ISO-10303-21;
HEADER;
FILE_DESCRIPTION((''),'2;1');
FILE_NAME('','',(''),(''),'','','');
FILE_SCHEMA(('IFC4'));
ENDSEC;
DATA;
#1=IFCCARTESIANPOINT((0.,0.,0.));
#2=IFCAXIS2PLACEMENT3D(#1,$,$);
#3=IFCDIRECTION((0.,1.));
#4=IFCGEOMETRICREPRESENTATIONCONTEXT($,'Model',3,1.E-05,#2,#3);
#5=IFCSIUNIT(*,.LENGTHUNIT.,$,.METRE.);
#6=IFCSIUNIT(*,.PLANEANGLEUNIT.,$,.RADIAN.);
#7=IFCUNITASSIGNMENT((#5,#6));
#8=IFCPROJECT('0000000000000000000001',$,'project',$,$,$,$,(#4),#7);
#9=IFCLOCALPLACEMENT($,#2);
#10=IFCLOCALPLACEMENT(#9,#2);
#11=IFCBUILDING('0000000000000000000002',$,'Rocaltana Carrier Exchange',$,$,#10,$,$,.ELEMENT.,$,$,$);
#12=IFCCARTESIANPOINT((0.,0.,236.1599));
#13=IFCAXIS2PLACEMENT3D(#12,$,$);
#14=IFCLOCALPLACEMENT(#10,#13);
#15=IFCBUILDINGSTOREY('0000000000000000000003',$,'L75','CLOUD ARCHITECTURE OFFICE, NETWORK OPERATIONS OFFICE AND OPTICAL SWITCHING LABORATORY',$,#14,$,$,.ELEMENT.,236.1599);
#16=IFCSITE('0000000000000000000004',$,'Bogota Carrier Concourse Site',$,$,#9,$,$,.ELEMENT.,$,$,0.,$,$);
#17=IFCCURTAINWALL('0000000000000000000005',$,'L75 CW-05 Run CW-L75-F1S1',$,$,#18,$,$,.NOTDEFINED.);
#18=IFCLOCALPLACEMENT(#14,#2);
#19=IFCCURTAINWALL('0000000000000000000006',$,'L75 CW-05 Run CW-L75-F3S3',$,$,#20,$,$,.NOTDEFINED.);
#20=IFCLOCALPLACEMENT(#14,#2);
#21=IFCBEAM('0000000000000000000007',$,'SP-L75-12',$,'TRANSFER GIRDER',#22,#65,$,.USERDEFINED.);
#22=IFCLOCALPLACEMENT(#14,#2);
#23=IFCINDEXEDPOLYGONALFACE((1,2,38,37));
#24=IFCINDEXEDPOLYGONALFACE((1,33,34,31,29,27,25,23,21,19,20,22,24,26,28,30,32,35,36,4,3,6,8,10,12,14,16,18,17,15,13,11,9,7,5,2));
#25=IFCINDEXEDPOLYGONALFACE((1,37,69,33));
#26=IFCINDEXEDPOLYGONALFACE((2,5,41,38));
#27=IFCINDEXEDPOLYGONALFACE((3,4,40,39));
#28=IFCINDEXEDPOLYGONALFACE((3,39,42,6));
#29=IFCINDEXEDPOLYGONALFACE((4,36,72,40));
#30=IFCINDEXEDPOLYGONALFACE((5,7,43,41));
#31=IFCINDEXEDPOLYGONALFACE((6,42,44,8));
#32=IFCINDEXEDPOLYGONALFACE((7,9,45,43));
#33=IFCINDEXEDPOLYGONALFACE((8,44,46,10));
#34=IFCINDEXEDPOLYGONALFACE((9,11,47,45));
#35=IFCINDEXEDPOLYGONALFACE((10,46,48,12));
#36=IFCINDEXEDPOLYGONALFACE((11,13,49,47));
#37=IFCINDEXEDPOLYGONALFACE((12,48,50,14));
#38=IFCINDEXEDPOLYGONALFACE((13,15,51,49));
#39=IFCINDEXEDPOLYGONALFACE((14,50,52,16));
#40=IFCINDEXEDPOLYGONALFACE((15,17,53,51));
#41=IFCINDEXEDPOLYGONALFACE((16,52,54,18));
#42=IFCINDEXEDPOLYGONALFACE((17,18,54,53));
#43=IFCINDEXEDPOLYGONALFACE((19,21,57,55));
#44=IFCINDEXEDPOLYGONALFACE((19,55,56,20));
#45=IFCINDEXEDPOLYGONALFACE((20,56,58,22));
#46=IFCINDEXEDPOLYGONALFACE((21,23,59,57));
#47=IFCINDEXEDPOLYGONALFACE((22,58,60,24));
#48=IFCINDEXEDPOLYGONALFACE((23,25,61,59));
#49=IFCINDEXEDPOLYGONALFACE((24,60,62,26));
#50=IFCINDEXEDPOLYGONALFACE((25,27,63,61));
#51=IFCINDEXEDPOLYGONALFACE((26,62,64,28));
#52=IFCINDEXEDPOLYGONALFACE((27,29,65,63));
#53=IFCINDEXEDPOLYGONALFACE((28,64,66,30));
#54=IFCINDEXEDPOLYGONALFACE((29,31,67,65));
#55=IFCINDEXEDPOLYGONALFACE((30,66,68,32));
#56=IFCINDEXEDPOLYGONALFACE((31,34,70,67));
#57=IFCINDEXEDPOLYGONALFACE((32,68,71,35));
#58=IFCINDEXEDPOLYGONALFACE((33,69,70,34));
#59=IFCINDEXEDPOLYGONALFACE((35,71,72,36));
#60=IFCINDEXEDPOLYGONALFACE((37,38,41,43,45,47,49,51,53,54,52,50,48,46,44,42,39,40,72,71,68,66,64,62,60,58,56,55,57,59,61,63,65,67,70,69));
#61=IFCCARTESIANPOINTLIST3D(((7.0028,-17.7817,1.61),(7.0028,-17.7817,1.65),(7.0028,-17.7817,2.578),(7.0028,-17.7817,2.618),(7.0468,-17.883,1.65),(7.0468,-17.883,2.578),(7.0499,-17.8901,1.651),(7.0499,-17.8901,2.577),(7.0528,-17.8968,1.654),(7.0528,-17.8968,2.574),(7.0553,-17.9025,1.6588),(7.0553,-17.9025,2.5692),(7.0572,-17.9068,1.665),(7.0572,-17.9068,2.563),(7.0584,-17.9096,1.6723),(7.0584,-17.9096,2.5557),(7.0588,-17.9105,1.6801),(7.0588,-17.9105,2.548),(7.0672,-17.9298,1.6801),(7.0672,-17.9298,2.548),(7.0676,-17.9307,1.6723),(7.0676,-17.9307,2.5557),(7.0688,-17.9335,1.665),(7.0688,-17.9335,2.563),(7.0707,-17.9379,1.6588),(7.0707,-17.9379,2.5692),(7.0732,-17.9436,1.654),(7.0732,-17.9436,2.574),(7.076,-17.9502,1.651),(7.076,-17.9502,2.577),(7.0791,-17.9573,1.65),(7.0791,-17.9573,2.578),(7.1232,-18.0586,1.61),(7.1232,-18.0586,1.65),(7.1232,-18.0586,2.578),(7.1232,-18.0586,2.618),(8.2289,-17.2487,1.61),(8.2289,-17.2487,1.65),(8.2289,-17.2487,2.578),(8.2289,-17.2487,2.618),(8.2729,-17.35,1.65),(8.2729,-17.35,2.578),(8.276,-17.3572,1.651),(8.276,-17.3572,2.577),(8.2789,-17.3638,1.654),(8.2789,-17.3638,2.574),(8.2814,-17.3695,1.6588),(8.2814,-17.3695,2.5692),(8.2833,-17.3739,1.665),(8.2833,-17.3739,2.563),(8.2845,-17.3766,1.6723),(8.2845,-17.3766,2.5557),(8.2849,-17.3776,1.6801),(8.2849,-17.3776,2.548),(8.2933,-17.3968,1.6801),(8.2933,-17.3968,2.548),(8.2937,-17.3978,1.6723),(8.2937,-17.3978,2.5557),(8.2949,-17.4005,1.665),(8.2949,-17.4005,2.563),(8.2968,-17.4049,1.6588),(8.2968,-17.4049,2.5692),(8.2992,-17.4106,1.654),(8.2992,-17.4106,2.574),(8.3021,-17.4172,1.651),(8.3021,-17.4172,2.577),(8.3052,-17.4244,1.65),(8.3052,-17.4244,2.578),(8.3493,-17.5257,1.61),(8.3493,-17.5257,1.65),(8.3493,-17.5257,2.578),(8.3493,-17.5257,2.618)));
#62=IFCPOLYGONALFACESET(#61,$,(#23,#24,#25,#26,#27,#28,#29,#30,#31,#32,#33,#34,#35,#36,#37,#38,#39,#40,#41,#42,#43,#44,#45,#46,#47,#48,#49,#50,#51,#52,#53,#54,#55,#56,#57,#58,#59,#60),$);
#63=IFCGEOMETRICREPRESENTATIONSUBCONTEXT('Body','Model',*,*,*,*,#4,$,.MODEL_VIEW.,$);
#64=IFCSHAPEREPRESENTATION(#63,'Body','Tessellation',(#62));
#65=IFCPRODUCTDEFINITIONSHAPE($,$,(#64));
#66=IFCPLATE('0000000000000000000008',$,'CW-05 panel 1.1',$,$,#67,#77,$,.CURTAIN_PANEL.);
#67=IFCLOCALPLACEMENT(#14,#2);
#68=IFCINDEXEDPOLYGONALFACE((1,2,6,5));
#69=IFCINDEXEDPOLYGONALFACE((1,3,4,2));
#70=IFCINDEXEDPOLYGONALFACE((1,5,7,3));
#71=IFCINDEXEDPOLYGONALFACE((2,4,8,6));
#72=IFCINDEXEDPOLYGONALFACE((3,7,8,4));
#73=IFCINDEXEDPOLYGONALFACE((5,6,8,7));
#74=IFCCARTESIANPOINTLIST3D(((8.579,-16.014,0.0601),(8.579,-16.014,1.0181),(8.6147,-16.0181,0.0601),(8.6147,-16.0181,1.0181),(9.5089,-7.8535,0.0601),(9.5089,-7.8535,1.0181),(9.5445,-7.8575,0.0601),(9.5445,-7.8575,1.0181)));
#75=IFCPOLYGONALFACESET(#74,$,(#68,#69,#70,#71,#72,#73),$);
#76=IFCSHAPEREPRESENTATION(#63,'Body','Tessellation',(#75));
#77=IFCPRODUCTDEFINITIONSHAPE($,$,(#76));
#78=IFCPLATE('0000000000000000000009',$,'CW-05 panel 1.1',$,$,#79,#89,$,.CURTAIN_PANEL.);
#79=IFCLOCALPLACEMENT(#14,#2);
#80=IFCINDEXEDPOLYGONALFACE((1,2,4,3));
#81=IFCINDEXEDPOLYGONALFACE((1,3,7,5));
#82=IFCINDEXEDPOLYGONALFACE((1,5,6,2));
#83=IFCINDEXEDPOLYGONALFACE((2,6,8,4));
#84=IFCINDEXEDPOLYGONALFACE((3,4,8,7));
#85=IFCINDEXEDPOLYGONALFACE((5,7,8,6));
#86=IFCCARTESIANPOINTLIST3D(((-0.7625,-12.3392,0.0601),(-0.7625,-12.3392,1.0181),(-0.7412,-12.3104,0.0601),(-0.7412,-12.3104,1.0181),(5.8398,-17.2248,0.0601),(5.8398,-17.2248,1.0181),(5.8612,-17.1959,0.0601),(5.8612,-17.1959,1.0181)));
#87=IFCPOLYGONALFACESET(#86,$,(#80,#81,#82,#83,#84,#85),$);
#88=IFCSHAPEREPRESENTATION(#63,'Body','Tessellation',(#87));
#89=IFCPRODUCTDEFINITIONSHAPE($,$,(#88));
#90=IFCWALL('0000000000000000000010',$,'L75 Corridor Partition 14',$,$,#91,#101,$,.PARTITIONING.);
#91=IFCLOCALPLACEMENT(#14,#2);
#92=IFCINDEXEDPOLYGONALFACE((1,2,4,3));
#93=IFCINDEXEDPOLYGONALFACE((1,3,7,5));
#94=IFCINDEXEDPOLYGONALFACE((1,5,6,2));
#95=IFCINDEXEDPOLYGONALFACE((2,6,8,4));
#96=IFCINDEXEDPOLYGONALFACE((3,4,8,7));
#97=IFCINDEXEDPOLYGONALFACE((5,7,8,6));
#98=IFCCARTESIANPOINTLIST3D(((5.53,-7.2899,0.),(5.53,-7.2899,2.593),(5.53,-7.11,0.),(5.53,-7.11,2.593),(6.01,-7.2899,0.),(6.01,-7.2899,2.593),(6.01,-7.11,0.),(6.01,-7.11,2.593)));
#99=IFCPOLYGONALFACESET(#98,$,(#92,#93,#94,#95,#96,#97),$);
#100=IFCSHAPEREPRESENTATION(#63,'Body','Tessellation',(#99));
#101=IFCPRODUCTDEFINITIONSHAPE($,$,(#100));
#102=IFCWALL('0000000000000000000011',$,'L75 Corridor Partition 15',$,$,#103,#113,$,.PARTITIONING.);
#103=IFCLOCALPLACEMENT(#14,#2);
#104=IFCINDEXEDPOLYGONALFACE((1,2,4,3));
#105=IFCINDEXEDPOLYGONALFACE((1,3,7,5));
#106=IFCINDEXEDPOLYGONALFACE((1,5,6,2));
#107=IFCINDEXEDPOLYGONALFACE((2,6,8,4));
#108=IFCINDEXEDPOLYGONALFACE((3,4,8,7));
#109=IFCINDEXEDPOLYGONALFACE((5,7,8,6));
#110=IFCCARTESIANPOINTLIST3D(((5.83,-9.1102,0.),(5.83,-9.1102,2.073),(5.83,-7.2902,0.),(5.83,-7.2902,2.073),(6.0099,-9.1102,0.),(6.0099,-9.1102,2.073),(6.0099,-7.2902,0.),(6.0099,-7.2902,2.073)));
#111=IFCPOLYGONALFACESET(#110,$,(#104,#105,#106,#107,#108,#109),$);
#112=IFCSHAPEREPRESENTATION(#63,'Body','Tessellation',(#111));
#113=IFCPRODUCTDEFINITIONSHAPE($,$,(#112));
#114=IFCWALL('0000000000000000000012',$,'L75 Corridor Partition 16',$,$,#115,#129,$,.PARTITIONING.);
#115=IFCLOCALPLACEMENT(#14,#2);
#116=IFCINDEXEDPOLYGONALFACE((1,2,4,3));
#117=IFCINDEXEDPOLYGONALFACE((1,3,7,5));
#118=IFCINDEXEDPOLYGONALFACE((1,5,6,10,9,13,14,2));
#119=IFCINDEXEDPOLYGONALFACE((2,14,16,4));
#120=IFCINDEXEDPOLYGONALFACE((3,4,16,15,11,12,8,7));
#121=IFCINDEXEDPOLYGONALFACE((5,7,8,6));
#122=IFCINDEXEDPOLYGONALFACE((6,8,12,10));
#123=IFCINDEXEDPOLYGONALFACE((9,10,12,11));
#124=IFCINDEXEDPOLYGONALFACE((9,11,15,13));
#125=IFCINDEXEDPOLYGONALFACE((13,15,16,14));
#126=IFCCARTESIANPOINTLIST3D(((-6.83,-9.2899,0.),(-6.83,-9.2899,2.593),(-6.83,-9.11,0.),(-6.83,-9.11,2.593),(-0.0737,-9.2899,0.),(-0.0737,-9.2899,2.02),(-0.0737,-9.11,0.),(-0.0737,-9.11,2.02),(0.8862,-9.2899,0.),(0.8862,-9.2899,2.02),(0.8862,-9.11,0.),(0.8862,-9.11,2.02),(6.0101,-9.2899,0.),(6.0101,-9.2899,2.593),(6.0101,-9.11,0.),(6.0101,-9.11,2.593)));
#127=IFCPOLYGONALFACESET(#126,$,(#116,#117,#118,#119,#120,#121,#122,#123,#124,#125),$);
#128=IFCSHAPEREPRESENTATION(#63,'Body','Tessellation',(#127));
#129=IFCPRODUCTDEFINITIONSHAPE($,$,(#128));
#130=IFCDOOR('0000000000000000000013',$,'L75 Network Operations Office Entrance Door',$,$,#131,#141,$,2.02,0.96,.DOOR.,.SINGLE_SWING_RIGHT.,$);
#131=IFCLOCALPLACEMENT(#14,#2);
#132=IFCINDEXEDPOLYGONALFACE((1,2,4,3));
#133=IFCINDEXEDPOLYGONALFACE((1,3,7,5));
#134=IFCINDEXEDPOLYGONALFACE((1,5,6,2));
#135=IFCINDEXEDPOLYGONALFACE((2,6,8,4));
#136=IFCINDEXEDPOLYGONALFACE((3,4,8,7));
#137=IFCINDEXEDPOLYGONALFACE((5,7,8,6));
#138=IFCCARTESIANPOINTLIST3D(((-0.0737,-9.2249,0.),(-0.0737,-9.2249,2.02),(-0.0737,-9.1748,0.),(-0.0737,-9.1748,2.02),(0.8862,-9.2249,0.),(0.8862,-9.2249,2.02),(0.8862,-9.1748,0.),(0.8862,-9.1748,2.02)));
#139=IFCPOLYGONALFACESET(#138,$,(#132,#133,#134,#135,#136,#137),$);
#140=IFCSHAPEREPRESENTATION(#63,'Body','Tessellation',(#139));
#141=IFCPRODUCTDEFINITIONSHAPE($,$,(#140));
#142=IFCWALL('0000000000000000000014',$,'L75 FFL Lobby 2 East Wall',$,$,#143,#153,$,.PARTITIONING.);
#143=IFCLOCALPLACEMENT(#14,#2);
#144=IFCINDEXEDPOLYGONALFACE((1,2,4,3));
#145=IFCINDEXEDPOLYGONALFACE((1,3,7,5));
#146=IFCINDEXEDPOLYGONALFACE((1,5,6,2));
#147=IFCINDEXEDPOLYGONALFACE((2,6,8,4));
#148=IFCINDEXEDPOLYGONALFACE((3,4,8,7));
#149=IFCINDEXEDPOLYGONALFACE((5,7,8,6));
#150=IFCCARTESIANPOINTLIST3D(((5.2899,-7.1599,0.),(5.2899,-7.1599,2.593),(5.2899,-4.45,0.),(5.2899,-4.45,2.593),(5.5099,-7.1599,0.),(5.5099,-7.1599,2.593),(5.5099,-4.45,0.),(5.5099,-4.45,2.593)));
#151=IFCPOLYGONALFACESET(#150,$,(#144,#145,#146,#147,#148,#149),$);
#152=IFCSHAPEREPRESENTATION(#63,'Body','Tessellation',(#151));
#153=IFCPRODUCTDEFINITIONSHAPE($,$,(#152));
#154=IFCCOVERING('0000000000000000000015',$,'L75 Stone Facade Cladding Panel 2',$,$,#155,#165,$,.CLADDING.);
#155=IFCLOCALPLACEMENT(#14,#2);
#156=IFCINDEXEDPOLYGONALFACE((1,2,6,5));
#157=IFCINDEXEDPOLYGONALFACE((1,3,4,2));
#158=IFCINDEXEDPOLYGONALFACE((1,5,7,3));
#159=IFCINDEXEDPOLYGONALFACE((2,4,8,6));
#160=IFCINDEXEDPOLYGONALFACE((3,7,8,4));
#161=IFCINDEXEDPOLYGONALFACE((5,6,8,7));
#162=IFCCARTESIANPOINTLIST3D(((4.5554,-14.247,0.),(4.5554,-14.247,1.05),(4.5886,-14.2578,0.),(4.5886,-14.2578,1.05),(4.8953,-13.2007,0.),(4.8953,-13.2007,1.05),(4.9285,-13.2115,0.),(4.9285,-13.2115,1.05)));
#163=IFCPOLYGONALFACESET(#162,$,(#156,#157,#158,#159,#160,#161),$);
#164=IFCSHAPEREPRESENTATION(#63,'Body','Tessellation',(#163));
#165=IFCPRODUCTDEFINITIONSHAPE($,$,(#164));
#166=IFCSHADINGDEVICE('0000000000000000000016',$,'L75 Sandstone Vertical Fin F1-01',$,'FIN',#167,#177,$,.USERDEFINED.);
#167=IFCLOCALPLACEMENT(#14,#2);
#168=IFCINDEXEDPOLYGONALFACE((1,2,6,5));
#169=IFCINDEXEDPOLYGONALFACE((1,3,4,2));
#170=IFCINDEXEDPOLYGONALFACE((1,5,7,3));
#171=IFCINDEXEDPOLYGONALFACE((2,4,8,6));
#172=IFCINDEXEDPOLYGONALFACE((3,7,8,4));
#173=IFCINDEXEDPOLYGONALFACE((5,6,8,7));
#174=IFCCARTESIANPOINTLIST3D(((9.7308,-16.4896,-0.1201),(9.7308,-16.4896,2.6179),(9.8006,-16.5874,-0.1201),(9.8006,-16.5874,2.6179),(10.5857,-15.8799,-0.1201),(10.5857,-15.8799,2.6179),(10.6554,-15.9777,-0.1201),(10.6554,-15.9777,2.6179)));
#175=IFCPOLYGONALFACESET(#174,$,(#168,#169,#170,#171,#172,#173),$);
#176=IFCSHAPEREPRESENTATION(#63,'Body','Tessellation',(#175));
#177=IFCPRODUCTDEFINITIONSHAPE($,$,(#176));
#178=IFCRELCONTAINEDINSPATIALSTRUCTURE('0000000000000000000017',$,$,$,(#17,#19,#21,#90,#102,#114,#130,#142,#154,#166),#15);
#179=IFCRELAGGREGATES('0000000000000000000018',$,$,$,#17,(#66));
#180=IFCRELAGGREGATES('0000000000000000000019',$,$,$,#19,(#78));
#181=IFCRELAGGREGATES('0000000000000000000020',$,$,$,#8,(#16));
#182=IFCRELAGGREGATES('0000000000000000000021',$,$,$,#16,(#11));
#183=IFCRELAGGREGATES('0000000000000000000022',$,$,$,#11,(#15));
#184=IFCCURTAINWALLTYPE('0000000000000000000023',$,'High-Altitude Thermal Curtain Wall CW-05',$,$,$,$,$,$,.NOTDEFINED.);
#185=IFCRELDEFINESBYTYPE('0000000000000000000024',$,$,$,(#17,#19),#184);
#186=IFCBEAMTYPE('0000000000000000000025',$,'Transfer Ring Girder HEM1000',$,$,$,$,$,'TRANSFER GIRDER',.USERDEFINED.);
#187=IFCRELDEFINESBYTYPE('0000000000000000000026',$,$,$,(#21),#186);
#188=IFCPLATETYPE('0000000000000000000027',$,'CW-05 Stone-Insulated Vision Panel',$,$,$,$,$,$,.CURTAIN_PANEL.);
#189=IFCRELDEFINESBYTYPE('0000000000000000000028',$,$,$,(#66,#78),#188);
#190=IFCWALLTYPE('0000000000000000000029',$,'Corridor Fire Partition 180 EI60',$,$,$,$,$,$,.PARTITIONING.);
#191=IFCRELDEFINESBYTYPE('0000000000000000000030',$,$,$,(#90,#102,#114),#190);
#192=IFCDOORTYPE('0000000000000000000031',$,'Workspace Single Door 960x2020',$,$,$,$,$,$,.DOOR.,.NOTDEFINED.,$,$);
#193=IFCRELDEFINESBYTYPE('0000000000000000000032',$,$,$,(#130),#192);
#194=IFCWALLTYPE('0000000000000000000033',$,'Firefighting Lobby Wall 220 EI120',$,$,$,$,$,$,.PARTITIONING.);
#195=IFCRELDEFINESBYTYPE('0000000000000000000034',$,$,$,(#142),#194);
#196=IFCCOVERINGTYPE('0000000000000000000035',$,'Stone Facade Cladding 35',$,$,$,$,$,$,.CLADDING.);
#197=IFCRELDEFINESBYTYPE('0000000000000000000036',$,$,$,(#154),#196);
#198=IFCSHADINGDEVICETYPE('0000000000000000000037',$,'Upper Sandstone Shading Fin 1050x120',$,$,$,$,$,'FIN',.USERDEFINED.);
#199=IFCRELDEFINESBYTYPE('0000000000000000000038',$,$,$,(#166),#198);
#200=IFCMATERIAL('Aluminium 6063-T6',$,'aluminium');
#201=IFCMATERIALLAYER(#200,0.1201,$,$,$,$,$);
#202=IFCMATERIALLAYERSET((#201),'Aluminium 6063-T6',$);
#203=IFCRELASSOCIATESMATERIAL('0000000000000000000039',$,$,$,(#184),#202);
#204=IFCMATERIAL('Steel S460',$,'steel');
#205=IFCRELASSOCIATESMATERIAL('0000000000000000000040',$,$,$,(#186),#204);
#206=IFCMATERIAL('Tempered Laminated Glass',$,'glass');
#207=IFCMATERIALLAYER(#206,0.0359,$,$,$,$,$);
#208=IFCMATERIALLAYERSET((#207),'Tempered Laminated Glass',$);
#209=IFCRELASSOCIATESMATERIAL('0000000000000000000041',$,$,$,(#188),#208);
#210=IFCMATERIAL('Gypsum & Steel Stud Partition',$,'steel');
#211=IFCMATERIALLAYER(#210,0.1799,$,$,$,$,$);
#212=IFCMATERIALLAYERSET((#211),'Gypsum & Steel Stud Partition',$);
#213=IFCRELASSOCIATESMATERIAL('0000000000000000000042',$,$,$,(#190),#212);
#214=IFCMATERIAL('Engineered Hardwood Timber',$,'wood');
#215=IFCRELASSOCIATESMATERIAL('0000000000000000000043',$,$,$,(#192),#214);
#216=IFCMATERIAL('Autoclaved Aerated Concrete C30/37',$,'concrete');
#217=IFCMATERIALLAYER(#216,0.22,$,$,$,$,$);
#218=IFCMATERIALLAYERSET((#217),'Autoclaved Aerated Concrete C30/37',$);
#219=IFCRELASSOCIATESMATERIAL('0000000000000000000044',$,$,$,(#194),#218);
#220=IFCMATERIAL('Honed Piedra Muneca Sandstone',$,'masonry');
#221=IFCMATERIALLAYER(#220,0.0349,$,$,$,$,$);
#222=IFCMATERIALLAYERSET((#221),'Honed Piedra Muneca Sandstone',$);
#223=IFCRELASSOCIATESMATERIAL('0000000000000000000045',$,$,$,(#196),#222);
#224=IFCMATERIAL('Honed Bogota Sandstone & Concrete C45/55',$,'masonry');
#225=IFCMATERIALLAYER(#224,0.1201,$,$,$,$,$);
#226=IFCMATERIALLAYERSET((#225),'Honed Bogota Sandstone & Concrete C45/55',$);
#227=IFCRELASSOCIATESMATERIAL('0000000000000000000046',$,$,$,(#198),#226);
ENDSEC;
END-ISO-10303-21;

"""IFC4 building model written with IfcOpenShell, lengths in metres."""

from ifc_helpers import new_model, si_unit, direction, frame, frame_2d, origin, origin_2d, place, context, subcontext, project, spatial, rectangle, i_section, extrude, material, layer, layer_set, material_profile, profile_set, type_object, element, fill, aggregate, save


model = new_model("IFC4")

# Units and contexts
model_context = context("Model", 3, precision=1e-05, world=origin(), true_north=direction((0.0, 1.0)))
body_context = subcontext(model_context, "Body", "Model", "MODEL_VIEW")
ifc_project = project(units=[si_unit("LENGTHUNIT", "METRE"), si_unit("PLANEANGLEUNIT", "RADIAN")], contexts=[model_context])

# Site, building, storey
site_placement = place(None, origin())
site = spatial("IfcSite", under=ifc_project, at=site_placement, Name="Bogota Carrier Concourse Site", CompositionType="ELEMENT", RefElevation=0.0)
building_placement = place(site_placement, origin())
building = spatial("IfcBuilding", under=site, at=building_placement, Name="Rocaltana Carrier Exchange", CompositionType="ELEMENT")
storey_placement = place(building_placement, frame((0.0, 0.0, 236.1599)))
storey = spatial("IfcBuildingStorey", under=building, at=storey_placement, Name="L75", Description="CLOUD ARCHITECTURE OFFICE, NETWORK OPERATIONS OFFICE AND OPTICAL SWITCHING LABORATORY", CompositionType="ELEMENT", Elevation=236.1599)

# Curtain wall
ifc_material_1 = material(Name="Aluminium 6063-T6", Category="aluminium")
ifc_layer_1 = layer(ifc_material_1, 0.1201)
ifc_layer_set_1 = layer_set([ifc_layer_1], Name="Aluminium 6063-T6")
curtain_wall_type = type_object("IfcCurtainWallType", Name="High-Altitude Thermal Curtain Wall CW-05", PredefinedType="NOTDEFINED", material=ifc_layer_set_1)
curtain_wall_1_placement = place(storey_placement, origin())
curtain_wall_1 = element("IfcCurtainWall", 1, at=curtain_wall_1_placement, inside=storey, type_object=curtain_wall_type, Name="L75 CW-05 Run CW-L75-F1S1", PredefinedType="NOTDEFINED")

# Curtain wall
curtain_wall_2_placement = place(storey_placement, origin())
curtain_wall_2 = element("IfcCurtainWall", 2, at=curtain_wall_2_placement, inside=storey, type_object=curtain_wall_type, Name="L75 CW-05 Run CW-L75-F3S3", PredefinedType="NOTDEFINED")

# Beam
ifc_material_2 = material(Name="Steel S460", Category="steel")
ifc_material_profile_1 = material_profile(ifc_material_2, i_section(OverallWidth=0.302, OverallDepth=1.0081, WebThickness=0.021, FlangeThickness=0.04, FilletRadius=0.03, at=origin_2d()), Name="HEM1000")
ifc_profile_set_1 = profile_set([ifc_material_profile_1], Name="Steel S460")
beam_type_1 = type_object("IfcBeamType", Name="Transfer Ring Girder HEM1000", ElementType="TRANSFER GIRDER", PredefinedType="USERDEFINED", material=ifc_profile_set_1)
beam_1_placement = place(storey_placement, frame((7.063, -17.9202, 2.114), z_axis=(0.917102, 0.398653, 0.0), x_axis=(-0.398653, 0.917102, 0.0)))
element("IfcBeam", 3, at=beam_1_placement, inside=storey, type_object=beam_type_1, Name="SP-L75-12", ObjectType="TRANSFER GIRDER", PredefinedType="USERDEFINED", context=body_context, shape_type="SweptSolid", body=[
    extrude(i_section(OverallWidth=0.302, OverallDepth=1.0081, WebThickness=0.021, FlangeThickness=0.04, FilletRadius=0.03, at=origin_2d()), origin(), (0.0, 0.0, 1.0), 1.3369),
])

# Plates
ifc_material_3 = material(Name="Tempered Laminated Glass", Category="glass")
ifc_layer_2 = layer(ifc_material_3, 0.0359)
ifc_layer_set_2 = layer_set([ifc_layer_2], Name="Tempered Laminated Glass")
plate_type = type_object("IfcPlateType", Name="CW-05 Stone-Insulated Vision Panel", PredefinedType="CURTAIN_PANEL", material=ifc_layer_set_2)
plate_1_placement = place(storey_placement, frame((9.0618, -11.9358, 0.0601), z_axis=(0.0, 0.0, 1.0), x_axis=(0.113209, 0.993571, 0.0)))
plate_1 = element("IfcPlate", 4, at=plate_1_placement, type_object=plate_type, Name="CW-05 panel 1.1", PredefinedType="CURTAIN_PANEL", context=body_context, shape_type="SweptSolid", body=[
    extrude(rectangle(XDim=8.2134, YDim=0.0359, at=origin_2d()), origin(), (0.0, 0.0, 1.0), 0.958),
])
aggregate(curtain_wall_1, [plate_1])
plate_2_placement = place(storey_placement, frame((2.5493, -14.7676, 0.0601), z_axis=(0.0, 0.0, 1.0), x_axis=(0.803854, -0.594827, 0.0)))
plate_2 = element("IfcPlate", 5, at=plate_2_placement, type_object=plate_type, Name="CW-05 panel 1.1", PredefinedType="CURTAIN_PANEL", context=body_context, shape_type="SweptSolid", body=[
    extrude(rectangle(XDim=8.2134, YDim=0.0359, at=origin_2d()), origin(), (0.0, 0.0, 1.0), 0.958),
])
aggregate(curtain_wall_2, [plate_2])

# Walls
ifc_material_4 = material(Name="Gypsum & Steel Stud Partition", Category="steel")
ifc_layer_3 = layer(ifc_material_4, 0.1799)
ifc_layer_set_3 = layer_set([ifc_layer_3], Name="Gypsum & Steel Stud Partition")
wall_type_1 = type_object("IfcWallType", Name="Corridor Fire Partition 180 EI60", PredefinedType="PARTITIONING", material=ifc_layer_set_3)
wall_1_placement = place(storey_placement, frame((5.53, -7.2, 0.0), z_axis=(0.0, 0.0, 1.0), x_axis=(1.0, 0.0, 0.0)))
element("IfcWall", 6, at=wall_1_placement, inside=storey, type_object=wall_type_1, Name="L75 Corridor Partition 14", PredefinedType="PARTITIONING", context=body_context, shape_type="SweptSolid", body=[
    extrude(rectangle(XDim=0.48, YDim=0.1799, at=frame_2d((0.24, 0.0))), origin(), (0.0, 0.0, 1.0), 2.593),
])
wall_2_placement = place(storey_placement, frame((5.9199, -7.29, 0.0), z_axis=(0.0, 0.0, 1.0), x_axis=(0.0, -1.0, 0.0)))
element("IfcWall", 7, at=wall_2_placement, inside=storey, type_object=wall_type_1, Name="L75 Corridor Partition 15", PredefinedType="PARTITIONING", context=body_context, shape_type="SweptSolid", body=[
    extrude(rectangle(XDim=1.8201, YDim=0.1799, at=frame_2d((0.9102, 0.0))), origin(), (0.0, 0.0, 1.0), 2.073),
])

# Wall, opening, door
wall_3_placement = place(storey_placement, frame((6.01, -9.2, 0.0), z_axis=(0.0, 0.0, 1.0), x_axis=(-1.0, 0.0, 0.0)))
wall_3 = element("IfcWall", 8, at=wall_3_placement, inside=storey, type_object=wall_type_1, Name="L75 Corridor Partition 16", PredefinedType="PARTITIONING", context=body_context, shape_type="SweptSolid", body=[
    extrude(rectangle(XDim=12.8401, YDim=0.1799, at=frame_2d((6.4199, 0.0))), origin(), (0.0, 0.0, 1.0), 2.593),
])
opening_placement = place(wall_3_placement, frame((5.1238, 0.0, 0.0)))
opening = element("IfcOpeningElement", 9, at=opening_placement, cuts=wall_3, PredefinedType="OPENING", context=body_context, shape_type="SweptSolid", body=[
    extrude(rectangle(XDim=0.96, YDim=2.02, at=frame_2d((0.48, 1.01))), frame((0.0, 0.0999, 0.0), z_axis=(0.0, -1.0, 0.0), x_axis=(1.0, 0.0, 0.0)), (0.0, 0.0, 1.0), 0.2),
])
ifc_material_5 = material(Name="Engineered Hardwood Timber", Category="wood")
door_type = type_object("IfcDoorType", Name="Workspace Single Door 960x2020", OperationType="NOTDEFINED", PredefinedType="DOOR", material=ifc_material_5)
door_placement = place(opening_placement, origin())
door = element("IfcDoor", 10, at=door_placement, inside=storey, type_object=door_type, Name="L75 Network Operations Office Entrance Door", OperationType="SINGLE_SWING_RIGHT", OverallHeight=2.02, OverallWidth=0.96, PredefinedType="DOOR", context=body_context, shape_type="SweptSolid", body=[
    extrude(rectangle(XDim=0.96, YDim=2.02, at=frame_2d((0.48, 1.01))), frame((0.0, 0.0249, 0.0), z_axis=(0.0, -1.0, 0.0), x_axis=(1.0, 0.0, 0.0)), (0.0, 0.0, 1.0), 0.05),
])
fill(opening, door)

# Wall
ifc_material_6 = material(Name="Autoclaved Aerated Concrete C30/37", Category="concrete")
ifc_layer_4 = layer(ifc_material_6, 0.22)
ifc_layer_set_4 = layer_set([ifc_layer_4], Name="Autoclaved Aerated Concrete C30/37")
wall_type_2 = type_object("IfcWallType", Name="Firefighting Lobby Wall 220 EI120", PredefinedType="PARTITIONING", material=ifc_layer_set_4)
wall_4_placement = place(storey_placement, frame((5.3999, -7.1599, 0.0), z_axis=(0.0, 0.0, 1.0), x_axis=(0.0, 1.0, 0.0)))
element("IfcWall", 11, at=wall_4_placement, inside=storey, type_object=wall_type_2, Name="L75 FFL Lobby 2 East Wall", PredefinedType="PARTITIONING", context=body_context, shape_type="SweptSolid", body=[
    extrude(rectangle(XDim=2.71, YDim=0.22, at=frame_2d((1.355, 0.0))), origin(), (0.0, 0.0, 1.0), 2.593),
])

# Covering
ifc_material_7 = material(Name="Honed Piedra Muneca Sandstone", Category="masonry")
ifc_layer_5 = layer(ifc_material_7, 0.0349)
ifc_layer_set_5 = layer_set([ifc_layer_5], Name="Honed Piedra Muneca Sandstone")
covering_type = type_object("IfcCoveringType", Name="Stone Facade Cladding 35", PredefinedType="CLADDING", material=ifc_layer_set_5)
covering_placement = place(storey_placement, frame((4.7419, -13.7292, 0.0), z_axis=(0.0, 0.0, 1.0), x_axis=(0.309017, 0.951057, 0.0)))
element("IfcCovering", 12, at=covering_placement, inside=storey, type_object=covering_type, Name="L75 Stone Facade Cladding Panel 2", PredefinedType="CLADDING", context=body_context, shape_type="SweptSolid", body=[
    extrude(rectangle(XDim=1.1001, YDim=0.0349, at=origin_2d()), origin(), (0.0, 0.0, 1.0), 1.05),
])

# Shading device
ifc_material_8 = material(Name="Honed Bogota Sandstone & Concrete C45/55", Category="masonry")
ifc_layer_6 = layer(ifc_material_8, 0.1201)
ifc_layer_set_6 = layer_set([ifc_layer_6], Name="Honed Bogota Sandstone & Concrete C45/55")
shading_device_type = type_object("IfcShadingDeviceType", Name="Upper Sandstone Shading Fin 1050x120", ElementType="FIN", PredefinedType="USERDEFINED", material=ifc_layer_set_6)
for number, where, z_axis, x_axis, name in (
    (13, (10.1931, -16.2336, -0.1201), (0.0, 0.0, 1.0), (0.814116, 0.580703, 0.0), "L75 Sandstone Vertical Fin F1-01"),
):
    element("IfcShadingDevice", number, at=place(storey_placement, frame(where, z_axis=z_axis, x_axis=x_axis)), inside=storey, type_object=shading_device_type, Name=name, ObjectType="FIN", PredefinedType="USERDEFINED", context=body_context, shape_type="SweptSolid", body=[
        extrude(rectangle(XDim=1.05, YDim=0.1201, at=origin_2d()), origin(), (0.0, 0.0, 1.0), 2.738),
    ])

save(model, "model.ifc")
